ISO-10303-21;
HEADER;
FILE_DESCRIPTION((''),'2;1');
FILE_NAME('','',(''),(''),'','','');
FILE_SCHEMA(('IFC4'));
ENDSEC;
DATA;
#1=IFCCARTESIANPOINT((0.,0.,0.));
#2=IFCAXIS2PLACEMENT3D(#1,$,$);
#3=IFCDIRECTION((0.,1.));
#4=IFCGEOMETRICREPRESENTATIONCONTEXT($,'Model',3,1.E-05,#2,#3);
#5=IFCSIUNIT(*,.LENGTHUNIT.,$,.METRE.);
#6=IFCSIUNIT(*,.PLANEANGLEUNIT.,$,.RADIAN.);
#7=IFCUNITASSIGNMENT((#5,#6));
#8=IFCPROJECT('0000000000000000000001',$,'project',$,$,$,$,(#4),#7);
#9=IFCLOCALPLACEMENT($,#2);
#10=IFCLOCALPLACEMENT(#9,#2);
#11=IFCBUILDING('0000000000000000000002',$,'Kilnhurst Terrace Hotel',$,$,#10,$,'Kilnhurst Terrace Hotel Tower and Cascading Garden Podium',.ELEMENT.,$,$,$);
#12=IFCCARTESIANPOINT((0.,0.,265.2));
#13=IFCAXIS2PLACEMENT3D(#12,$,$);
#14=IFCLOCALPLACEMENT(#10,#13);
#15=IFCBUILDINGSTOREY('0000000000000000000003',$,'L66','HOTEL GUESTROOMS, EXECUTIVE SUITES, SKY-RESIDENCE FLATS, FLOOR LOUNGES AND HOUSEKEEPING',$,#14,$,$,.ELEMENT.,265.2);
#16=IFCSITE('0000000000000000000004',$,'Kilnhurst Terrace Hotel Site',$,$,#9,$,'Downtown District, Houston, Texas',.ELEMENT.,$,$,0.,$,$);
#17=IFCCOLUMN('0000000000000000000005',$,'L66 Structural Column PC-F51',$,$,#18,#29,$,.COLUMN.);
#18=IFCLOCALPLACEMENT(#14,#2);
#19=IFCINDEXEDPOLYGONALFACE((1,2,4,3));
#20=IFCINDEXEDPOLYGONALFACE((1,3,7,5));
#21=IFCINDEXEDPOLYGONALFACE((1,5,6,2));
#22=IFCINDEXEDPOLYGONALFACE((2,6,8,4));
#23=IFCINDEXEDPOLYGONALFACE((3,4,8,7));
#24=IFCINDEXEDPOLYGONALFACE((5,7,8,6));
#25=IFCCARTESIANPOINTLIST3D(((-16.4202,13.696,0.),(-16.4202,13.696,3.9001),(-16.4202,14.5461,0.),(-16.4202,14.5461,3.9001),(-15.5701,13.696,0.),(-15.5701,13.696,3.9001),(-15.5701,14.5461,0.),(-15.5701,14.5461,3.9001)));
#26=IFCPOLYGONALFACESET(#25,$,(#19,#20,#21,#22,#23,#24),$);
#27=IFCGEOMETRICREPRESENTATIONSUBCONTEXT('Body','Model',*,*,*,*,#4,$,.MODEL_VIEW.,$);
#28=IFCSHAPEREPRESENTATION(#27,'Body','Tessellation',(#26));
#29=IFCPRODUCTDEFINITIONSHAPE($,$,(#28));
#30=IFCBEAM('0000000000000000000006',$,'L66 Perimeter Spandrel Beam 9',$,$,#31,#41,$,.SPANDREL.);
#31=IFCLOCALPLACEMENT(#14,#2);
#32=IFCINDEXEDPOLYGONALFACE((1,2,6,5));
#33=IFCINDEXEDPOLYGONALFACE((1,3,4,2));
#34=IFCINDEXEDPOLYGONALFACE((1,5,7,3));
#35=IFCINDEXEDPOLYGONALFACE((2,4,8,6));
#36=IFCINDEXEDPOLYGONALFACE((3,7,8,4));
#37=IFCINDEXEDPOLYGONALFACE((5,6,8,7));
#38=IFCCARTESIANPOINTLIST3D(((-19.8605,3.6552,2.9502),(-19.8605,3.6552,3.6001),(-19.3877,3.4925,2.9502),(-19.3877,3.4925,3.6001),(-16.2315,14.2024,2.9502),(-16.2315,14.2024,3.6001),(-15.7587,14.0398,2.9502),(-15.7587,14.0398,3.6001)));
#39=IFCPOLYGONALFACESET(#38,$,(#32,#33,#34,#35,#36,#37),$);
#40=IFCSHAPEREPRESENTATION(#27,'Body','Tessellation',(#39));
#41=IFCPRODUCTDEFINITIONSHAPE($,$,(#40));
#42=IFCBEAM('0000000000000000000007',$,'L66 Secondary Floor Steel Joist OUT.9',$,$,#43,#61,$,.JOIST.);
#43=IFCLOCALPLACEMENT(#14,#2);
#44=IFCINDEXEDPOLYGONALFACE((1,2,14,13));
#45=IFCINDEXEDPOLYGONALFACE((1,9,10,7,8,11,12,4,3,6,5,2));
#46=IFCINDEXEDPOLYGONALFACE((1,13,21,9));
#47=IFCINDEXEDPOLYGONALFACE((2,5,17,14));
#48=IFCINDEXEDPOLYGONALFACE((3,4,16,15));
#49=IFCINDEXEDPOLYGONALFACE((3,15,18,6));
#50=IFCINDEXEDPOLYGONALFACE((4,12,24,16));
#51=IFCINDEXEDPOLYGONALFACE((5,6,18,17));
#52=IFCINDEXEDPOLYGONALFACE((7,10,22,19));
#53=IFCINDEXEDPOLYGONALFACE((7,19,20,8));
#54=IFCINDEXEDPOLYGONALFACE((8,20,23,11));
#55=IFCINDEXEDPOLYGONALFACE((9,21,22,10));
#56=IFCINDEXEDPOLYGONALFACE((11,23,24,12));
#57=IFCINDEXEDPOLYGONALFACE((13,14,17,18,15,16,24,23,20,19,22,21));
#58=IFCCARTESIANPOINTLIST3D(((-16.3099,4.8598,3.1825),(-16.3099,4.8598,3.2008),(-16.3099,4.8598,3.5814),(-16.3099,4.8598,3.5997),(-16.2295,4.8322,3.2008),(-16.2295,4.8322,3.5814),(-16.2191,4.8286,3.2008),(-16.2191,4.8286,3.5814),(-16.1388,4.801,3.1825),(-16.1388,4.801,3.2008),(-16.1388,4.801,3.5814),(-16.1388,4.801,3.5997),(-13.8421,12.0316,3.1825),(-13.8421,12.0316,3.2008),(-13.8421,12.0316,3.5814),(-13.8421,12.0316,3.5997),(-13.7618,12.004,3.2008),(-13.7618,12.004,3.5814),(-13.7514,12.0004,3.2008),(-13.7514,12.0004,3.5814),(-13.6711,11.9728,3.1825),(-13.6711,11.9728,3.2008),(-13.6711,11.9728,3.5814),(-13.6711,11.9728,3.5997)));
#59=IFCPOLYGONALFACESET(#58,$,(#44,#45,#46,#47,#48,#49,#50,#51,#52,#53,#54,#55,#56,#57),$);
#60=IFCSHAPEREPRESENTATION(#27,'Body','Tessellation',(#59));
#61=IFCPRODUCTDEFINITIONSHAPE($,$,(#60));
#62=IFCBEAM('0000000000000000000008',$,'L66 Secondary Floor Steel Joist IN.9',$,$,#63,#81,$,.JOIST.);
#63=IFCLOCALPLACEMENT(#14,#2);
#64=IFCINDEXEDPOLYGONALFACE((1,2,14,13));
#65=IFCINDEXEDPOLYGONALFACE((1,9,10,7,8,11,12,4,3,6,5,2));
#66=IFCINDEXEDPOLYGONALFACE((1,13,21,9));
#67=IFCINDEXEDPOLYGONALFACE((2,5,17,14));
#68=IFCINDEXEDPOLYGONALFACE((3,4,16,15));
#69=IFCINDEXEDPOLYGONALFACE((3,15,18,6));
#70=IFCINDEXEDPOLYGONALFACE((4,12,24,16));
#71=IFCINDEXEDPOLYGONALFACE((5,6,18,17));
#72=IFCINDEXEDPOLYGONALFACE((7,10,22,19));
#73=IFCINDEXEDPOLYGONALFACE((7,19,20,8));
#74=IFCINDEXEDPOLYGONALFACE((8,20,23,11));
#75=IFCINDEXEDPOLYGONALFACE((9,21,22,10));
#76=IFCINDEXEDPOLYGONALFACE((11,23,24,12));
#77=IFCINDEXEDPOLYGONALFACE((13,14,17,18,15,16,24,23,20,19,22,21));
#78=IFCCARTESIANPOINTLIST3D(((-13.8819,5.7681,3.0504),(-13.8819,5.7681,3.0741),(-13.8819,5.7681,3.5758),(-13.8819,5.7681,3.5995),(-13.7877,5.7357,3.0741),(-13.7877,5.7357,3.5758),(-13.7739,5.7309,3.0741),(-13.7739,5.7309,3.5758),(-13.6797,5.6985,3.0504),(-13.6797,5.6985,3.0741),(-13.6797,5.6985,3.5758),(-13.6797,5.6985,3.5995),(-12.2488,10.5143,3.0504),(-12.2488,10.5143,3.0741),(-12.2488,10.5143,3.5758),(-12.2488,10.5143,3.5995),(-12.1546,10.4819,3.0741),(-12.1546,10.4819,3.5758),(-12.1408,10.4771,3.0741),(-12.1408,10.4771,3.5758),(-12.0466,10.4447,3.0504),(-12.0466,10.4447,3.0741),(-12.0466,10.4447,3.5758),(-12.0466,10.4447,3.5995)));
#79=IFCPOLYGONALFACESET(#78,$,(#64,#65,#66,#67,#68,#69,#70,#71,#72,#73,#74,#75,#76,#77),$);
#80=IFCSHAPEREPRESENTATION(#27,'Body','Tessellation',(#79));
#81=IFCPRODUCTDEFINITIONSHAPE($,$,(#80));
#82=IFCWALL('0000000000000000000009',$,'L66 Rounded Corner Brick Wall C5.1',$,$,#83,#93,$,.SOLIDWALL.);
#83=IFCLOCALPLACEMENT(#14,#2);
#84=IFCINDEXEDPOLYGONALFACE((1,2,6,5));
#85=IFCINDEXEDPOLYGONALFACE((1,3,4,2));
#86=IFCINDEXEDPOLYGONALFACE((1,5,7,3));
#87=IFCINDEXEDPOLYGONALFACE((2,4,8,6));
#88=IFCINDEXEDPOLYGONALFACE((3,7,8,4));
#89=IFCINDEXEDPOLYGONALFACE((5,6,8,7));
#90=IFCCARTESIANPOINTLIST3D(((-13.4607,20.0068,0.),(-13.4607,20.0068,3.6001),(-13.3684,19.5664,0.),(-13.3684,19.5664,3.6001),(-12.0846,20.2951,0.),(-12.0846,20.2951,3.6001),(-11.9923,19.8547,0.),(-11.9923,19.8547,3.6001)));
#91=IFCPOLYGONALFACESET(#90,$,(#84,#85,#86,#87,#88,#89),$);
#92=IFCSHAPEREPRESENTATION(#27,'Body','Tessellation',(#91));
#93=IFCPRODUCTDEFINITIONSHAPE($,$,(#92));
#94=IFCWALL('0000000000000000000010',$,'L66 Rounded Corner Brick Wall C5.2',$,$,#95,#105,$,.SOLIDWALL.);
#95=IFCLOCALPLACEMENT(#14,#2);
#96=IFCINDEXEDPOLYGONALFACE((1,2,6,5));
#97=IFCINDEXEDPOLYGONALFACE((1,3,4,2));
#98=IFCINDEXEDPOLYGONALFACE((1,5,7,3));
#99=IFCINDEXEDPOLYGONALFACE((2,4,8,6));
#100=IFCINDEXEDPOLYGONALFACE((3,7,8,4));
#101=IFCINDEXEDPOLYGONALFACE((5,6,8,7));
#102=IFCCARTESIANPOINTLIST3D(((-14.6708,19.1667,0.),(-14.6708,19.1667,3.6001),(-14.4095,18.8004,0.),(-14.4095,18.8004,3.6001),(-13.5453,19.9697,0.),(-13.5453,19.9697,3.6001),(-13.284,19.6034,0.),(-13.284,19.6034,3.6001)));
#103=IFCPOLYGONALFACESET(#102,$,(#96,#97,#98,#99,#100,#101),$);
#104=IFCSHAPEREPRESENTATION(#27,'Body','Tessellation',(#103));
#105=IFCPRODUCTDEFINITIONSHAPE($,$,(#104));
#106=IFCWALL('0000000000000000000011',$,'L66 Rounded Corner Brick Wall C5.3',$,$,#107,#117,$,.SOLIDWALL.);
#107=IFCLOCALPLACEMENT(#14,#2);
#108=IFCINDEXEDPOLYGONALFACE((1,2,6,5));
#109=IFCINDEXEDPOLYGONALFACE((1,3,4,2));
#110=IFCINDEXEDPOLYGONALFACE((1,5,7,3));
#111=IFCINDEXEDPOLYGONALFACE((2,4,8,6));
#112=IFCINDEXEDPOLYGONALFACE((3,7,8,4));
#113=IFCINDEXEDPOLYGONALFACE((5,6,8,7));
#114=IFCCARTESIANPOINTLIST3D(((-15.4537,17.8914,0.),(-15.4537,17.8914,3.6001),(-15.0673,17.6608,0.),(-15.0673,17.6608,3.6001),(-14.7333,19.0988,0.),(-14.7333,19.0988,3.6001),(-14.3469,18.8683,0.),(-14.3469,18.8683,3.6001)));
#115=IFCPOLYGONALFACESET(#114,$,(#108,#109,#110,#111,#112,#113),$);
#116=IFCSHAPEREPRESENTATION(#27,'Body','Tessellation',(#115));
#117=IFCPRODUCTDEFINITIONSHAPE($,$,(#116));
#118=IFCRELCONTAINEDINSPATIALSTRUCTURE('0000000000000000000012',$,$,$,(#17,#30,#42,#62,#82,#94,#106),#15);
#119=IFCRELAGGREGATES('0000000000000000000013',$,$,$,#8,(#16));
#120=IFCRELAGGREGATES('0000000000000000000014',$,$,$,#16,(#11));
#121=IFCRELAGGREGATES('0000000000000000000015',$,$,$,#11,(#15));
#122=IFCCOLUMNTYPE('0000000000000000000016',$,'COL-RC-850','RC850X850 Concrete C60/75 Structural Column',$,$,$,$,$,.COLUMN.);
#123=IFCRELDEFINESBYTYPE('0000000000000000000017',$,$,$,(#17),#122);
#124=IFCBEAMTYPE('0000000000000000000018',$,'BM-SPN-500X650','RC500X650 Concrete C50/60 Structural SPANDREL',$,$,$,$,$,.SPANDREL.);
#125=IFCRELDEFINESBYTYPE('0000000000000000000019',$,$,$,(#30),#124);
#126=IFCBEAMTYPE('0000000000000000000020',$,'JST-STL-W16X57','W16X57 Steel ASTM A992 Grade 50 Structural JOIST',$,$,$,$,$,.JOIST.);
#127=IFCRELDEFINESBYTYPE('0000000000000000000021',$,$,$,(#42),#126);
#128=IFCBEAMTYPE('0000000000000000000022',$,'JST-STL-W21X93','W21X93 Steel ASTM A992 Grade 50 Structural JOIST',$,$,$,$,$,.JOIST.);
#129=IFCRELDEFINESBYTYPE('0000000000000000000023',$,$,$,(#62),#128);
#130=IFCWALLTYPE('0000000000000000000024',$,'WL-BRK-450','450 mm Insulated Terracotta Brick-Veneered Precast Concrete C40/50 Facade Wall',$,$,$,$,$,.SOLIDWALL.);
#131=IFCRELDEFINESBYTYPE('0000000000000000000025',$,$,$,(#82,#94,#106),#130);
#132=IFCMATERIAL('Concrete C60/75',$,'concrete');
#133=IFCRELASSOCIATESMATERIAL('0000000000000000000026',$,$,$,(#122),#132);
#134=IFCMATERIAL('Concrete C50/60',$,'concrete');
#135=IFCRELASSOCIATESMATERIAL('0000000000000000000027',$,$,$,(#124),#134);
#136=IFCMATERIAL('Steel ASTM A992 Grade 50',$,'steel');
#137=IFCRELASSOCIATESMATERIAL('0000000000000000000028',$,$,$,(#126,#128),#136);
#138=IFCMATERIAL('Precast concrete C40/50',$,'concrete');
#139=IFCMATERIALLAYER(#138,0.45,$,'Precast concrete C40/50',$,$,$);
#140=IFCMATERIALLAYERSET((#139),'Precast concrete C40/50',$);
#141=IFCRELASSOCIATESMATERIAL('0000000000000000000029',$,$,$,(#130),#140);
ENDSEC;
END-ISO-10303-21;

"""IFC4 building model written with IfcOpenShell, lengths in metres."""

from ifc_helpers import new_model, si_unit, direction, frame, frame_2d, origin, origin_2d, place, context, subcontext, project, spatial, rectangle, i_section, extrude, material, layer, layer_set, material_profile, profile_set, type_object, element, save


model = new_model("IFC4")

# Units and contexts
model_context = context("Model", 3, precision=1e-05, world=origin(), true_north=direction((0.0, 1.0)))
body_context = subcontext(model_context, "Body", "Model", "MODEL_VIEW")
ifc_project = project(units=[si_unit("LENGTHUNIT", "METRE"), si_unit("PLANEANGLEUNIT", "RADIAN")], contexts=[model_context])

# Site, building, storey
site_placement = place(None, origin())
site = spatial("IfcSite", under=ifc_project, at=site_placement, Name="Kilnhurst Terrace Hotel Site", LongName="Downtown District, Houston, Texas", CompositionType="ELEMENT", RefElevation=0.0)
building_placement = place(site_placement, origin())
building = spatial("IfcBuilding", under=site, at=building_placement, Name="Kilnhurst Terrace Hotel", LongName="Kilnhurst Terrace Hotel Tower and Cascading Garden Podium", CompositionType="ELEMENT")
storey_placement = place(building_placement, frame((0.0, 0.0, 265.2)))
storey = spatial("IfcBuildingStorey", under=building, at=storey_placement, Name="L66", Description="HOTEL GUESTROOMS, EXECUTIVE SUITES, SKY-RESIDENCE FLATS, FLOOR LOUNGES AND HOUSEKEEPING", CompositionType="ELEMENT", Elevation=265.2)

# Column
ifc_material_1 = material(Name="Concrete C60/75", Category="concrete")
ifc_material_profile_1 = material_profile(ifc_material_1, rectangle(XDim=0.8501, YDim=0.8501, at=origin_2d()), Name="RC850X850")
ifc_profile_set_1 = profile_set([ifc_material_profile_1], Name="Concrete C60/75")
column_type = type_object("IfcColumnType", Name="COL-RC-850", Description="RC850X850 Concrete C60/75 Structural Column", PredefinedType="COLUMN", material=ifc_profile_set_1)
column_placement = place(storey_placement, frame((-15.9951, 14.1211, 0.0), z_axis=(0.0, 0.0, 1.0), x_axis=(1.0, 0.0, 0.0)))
element("IfcColumn", 1, at=column_placement, inside=storey, type_object=column_type, Name="L66 Structural Column PC-F51", PredefinedType="COLUMN", context=body_context, shape_type="SweptSolid", body=[
    extrude(rectangle(XDim=0.8501, YDim=0.8501, at=origin_2d()), origin(), (0.0, 0.0, 1.0), 3.9001),
])

# Beams
ifc_material_2 = material(Name="Concrete C50/60", Category="concrete")
ifc_material_profile_2 = material_profile(ifc_material_2, rectangle(XDim=0.5, YDim=0.6499, at=origin_2d()), Name="RC500X650")
ifc_profile_set_2 = profile_set([ifc_material_profile_2], Name="Concrete C50/60")
beam_type_1 = type_object("IfcBeamType", Name="BM-SPN-500X650", Description="RC500X650 Concrete C50/60 Structural SPANDREL", PredefinedType="SPANDREL", material=ifc_profile_set_2)
beam_1_placement = place(storey_placement, frame((-15.9951, 14.1211, 3.2751), z_axis=(-0.325347, -0.945595, 0.0), x_axis=(0.945595, -0.325347, 0.0)))
element("IfcBeam", 2, at=beam_1_placement, inside=storey, type_object=beam_type_1, Name="L66 Perimeter Spandrel Beam 9", PredefinedType="SPANDREL", context=body_context, shape_type="SweptSolid", body=[
    extrude(rectangle(XDim=0.5, YDim=0.6499, at=origin_2d()), origin(), (0.0, 0.0, 1.0), 11.1541),
])
ifc_material_3 = material(Name="Steel ASTM A992 Grade 50", Category="steel")
ifc_material_profile_3 = material_profile(ifc_material_3, i_section(OverallWidth=0.1809, OverallDepth=0.4172, WebThickness=0.011, FlangeThickness=0.0183, at=origin_2d()), Name="W16X57")
ifc_profile_set_3 = profile_set([ifc_material_profile_3], Name="Steel ASTM A992 Grade 50")
beam_type_2 = type_object("IfcBeamType", Name="JST-STL-W16X57", Description="W16X57 Steel ASTM A992 Grade 50 Structural JOIST", PredefinedType="JOIST", material=ifc_profile_set_3)
beam_2_placement = place(storey_placement, frame((-13.7566, 12.0022, 3.3911), z_axis=(-0.325368, -0.945588, 0.0), x_axis=(0.945588, -0.325368, 0.0)))
element("IfcBeam", 3, at=beam_2_placement, inside=storey, type_object=beam_type_2, Name="L66 Secondary Floor Steel Joist OUT.9", PredefinedType="JOIST", context=body_context, shape_type="SweptSolid", body=[
    extrude(i_section(OverallWidth=0.1809, OverallDepth=0.4172, WebThickness=0.011, FlangeThickness=0.0183, at=origin_2d()), origin(), (0.0, 0.0, 1.0), 7.5845),
])
ifc_material_profile_4 = material_profile(ifc_material_3, i_section(OverallWidth=0.2139, OverallDepth=0.5491, WebThickness=0.0146, FlangeThickness=0.0237, at=origin_2d()), Name="W21X93")
ifc_profile_set_4 = profile_set([ifc_material_profile_4], Name="Steel ASTM A992 Grade 50")
beam_type_3 = type_object("IfcBeamType", Name="JST-STL-W21X93", Description="W21X93 Steel ASTM A992 Grade 50 Structural JOIST", PredefinedType="JOIST", material=ifc_profile_set_4)
beam_3_placement = place(storey_placement, frame((-12.1477, 10.4795, 3.325), z_axis=(-0.325363, -0.945589, 0.0), x_axis=(0.945589, -0.325363, 0.0)))
element("IfcBeam", 4, at=beam_3_placement, inside=storey, type_object=beam_type_3, Name="L66 Secondary Floor Steel Joist IN.9", PredefinedType="JOIST", context=body_context, shape_type="SweptSolid", body=[
    extrude(i_section(OverallWidth=0.2139, OverallDepth=0.5491, WebThickness=0.0146, FlangeThickness=0.0237, at=origin_2d()), origin(), (0.0, 0.0, 1.0), 5.0193),
])

# Walls
ifc_material_4 = material(Name="Precast concrete C40/50", Category="concrete")
ifc_layer_1 = layer(ifc_material_4, 0.45, Name="Precast concrete C40/50")
ifc_layer_set_1 = layer_set([ifc_layer_1], Name="Precast concrete C40/50")
wall_type_1 = type_object("IfcWallType", Name="WL-BRK-450", Description="450 mm Insulated Terracotta Brick-Veneered Precast Concrete C40/50 Facade Wall", PredefinedType="SOLIDWALL", material=ifc_layer_set_1)
wall_1_placement = place(storey_placement, frame((-12.0383, 20.075, 0.0), z_axis=(0.0, 0.0, 1.0), x_axis=(-0.97875, -0.205057, 0.0)))
element("IfcWall", 5, at=wall_1_placement, inside=storey, type_object=wall_type_1, Name="L66 Rounded Corner Brick Wall C5.1", PredefinedType="SOLIDWALL", context=body_context, shape_type="SweptSolid", body=[
    extrude(rectangle(XDim=1.406, YDim=0.45, at=frame_2d((0.7031, 0.0))), origin(), (0.0, 0.0, 1.0), 3.6001),
])
wall_2_placement = place(storey_placement, frame((-13.4146, 19.7866, 0.0), z_axis=(0.0, 0.0, 1.0), x_axis=(-0.814055, -0.580787, 0.0)))
element("IfcWall", 6, at=wall_2_placement, inside=storey, type_object=wall_type_1, Name="L66 Rounded Corner Brick Wall C5.2", PredefinedType="SOLIDWALL", context=body_context, shape_type="SweptSolid", body=[
    extrude(rectangle(XDim=1.3826, YDim=0.45, at=frame_2d((0.6914, 0.0))), origin(), (0.0, 0.0, 1.0), 3.6001),
])
wall_3_placement = place(storey_placement, frame((-14.54, 18.9836, 0.0), z_axis=(0.0, 0.0, 1.0), x_axis=(-0.512375, -0.858762, 0.0)))
element("IfcWall", 7, at=wall_3_placement, inside=storey, type_object=wall_type_1, Name="L66 Rounded Corner Brick Wall C5.3", PredefinedType="SOLIDWALL", context=body_context, shape_type="SweptSolid", body=[
    extrude(rectangle(XDim=1.406, YDim=0.45, at=frame_2d((0.7031, 0.0))), origin(), (0.0, 0.0, 1.0), 3.6001),
])

save(model, "model.ifc")
